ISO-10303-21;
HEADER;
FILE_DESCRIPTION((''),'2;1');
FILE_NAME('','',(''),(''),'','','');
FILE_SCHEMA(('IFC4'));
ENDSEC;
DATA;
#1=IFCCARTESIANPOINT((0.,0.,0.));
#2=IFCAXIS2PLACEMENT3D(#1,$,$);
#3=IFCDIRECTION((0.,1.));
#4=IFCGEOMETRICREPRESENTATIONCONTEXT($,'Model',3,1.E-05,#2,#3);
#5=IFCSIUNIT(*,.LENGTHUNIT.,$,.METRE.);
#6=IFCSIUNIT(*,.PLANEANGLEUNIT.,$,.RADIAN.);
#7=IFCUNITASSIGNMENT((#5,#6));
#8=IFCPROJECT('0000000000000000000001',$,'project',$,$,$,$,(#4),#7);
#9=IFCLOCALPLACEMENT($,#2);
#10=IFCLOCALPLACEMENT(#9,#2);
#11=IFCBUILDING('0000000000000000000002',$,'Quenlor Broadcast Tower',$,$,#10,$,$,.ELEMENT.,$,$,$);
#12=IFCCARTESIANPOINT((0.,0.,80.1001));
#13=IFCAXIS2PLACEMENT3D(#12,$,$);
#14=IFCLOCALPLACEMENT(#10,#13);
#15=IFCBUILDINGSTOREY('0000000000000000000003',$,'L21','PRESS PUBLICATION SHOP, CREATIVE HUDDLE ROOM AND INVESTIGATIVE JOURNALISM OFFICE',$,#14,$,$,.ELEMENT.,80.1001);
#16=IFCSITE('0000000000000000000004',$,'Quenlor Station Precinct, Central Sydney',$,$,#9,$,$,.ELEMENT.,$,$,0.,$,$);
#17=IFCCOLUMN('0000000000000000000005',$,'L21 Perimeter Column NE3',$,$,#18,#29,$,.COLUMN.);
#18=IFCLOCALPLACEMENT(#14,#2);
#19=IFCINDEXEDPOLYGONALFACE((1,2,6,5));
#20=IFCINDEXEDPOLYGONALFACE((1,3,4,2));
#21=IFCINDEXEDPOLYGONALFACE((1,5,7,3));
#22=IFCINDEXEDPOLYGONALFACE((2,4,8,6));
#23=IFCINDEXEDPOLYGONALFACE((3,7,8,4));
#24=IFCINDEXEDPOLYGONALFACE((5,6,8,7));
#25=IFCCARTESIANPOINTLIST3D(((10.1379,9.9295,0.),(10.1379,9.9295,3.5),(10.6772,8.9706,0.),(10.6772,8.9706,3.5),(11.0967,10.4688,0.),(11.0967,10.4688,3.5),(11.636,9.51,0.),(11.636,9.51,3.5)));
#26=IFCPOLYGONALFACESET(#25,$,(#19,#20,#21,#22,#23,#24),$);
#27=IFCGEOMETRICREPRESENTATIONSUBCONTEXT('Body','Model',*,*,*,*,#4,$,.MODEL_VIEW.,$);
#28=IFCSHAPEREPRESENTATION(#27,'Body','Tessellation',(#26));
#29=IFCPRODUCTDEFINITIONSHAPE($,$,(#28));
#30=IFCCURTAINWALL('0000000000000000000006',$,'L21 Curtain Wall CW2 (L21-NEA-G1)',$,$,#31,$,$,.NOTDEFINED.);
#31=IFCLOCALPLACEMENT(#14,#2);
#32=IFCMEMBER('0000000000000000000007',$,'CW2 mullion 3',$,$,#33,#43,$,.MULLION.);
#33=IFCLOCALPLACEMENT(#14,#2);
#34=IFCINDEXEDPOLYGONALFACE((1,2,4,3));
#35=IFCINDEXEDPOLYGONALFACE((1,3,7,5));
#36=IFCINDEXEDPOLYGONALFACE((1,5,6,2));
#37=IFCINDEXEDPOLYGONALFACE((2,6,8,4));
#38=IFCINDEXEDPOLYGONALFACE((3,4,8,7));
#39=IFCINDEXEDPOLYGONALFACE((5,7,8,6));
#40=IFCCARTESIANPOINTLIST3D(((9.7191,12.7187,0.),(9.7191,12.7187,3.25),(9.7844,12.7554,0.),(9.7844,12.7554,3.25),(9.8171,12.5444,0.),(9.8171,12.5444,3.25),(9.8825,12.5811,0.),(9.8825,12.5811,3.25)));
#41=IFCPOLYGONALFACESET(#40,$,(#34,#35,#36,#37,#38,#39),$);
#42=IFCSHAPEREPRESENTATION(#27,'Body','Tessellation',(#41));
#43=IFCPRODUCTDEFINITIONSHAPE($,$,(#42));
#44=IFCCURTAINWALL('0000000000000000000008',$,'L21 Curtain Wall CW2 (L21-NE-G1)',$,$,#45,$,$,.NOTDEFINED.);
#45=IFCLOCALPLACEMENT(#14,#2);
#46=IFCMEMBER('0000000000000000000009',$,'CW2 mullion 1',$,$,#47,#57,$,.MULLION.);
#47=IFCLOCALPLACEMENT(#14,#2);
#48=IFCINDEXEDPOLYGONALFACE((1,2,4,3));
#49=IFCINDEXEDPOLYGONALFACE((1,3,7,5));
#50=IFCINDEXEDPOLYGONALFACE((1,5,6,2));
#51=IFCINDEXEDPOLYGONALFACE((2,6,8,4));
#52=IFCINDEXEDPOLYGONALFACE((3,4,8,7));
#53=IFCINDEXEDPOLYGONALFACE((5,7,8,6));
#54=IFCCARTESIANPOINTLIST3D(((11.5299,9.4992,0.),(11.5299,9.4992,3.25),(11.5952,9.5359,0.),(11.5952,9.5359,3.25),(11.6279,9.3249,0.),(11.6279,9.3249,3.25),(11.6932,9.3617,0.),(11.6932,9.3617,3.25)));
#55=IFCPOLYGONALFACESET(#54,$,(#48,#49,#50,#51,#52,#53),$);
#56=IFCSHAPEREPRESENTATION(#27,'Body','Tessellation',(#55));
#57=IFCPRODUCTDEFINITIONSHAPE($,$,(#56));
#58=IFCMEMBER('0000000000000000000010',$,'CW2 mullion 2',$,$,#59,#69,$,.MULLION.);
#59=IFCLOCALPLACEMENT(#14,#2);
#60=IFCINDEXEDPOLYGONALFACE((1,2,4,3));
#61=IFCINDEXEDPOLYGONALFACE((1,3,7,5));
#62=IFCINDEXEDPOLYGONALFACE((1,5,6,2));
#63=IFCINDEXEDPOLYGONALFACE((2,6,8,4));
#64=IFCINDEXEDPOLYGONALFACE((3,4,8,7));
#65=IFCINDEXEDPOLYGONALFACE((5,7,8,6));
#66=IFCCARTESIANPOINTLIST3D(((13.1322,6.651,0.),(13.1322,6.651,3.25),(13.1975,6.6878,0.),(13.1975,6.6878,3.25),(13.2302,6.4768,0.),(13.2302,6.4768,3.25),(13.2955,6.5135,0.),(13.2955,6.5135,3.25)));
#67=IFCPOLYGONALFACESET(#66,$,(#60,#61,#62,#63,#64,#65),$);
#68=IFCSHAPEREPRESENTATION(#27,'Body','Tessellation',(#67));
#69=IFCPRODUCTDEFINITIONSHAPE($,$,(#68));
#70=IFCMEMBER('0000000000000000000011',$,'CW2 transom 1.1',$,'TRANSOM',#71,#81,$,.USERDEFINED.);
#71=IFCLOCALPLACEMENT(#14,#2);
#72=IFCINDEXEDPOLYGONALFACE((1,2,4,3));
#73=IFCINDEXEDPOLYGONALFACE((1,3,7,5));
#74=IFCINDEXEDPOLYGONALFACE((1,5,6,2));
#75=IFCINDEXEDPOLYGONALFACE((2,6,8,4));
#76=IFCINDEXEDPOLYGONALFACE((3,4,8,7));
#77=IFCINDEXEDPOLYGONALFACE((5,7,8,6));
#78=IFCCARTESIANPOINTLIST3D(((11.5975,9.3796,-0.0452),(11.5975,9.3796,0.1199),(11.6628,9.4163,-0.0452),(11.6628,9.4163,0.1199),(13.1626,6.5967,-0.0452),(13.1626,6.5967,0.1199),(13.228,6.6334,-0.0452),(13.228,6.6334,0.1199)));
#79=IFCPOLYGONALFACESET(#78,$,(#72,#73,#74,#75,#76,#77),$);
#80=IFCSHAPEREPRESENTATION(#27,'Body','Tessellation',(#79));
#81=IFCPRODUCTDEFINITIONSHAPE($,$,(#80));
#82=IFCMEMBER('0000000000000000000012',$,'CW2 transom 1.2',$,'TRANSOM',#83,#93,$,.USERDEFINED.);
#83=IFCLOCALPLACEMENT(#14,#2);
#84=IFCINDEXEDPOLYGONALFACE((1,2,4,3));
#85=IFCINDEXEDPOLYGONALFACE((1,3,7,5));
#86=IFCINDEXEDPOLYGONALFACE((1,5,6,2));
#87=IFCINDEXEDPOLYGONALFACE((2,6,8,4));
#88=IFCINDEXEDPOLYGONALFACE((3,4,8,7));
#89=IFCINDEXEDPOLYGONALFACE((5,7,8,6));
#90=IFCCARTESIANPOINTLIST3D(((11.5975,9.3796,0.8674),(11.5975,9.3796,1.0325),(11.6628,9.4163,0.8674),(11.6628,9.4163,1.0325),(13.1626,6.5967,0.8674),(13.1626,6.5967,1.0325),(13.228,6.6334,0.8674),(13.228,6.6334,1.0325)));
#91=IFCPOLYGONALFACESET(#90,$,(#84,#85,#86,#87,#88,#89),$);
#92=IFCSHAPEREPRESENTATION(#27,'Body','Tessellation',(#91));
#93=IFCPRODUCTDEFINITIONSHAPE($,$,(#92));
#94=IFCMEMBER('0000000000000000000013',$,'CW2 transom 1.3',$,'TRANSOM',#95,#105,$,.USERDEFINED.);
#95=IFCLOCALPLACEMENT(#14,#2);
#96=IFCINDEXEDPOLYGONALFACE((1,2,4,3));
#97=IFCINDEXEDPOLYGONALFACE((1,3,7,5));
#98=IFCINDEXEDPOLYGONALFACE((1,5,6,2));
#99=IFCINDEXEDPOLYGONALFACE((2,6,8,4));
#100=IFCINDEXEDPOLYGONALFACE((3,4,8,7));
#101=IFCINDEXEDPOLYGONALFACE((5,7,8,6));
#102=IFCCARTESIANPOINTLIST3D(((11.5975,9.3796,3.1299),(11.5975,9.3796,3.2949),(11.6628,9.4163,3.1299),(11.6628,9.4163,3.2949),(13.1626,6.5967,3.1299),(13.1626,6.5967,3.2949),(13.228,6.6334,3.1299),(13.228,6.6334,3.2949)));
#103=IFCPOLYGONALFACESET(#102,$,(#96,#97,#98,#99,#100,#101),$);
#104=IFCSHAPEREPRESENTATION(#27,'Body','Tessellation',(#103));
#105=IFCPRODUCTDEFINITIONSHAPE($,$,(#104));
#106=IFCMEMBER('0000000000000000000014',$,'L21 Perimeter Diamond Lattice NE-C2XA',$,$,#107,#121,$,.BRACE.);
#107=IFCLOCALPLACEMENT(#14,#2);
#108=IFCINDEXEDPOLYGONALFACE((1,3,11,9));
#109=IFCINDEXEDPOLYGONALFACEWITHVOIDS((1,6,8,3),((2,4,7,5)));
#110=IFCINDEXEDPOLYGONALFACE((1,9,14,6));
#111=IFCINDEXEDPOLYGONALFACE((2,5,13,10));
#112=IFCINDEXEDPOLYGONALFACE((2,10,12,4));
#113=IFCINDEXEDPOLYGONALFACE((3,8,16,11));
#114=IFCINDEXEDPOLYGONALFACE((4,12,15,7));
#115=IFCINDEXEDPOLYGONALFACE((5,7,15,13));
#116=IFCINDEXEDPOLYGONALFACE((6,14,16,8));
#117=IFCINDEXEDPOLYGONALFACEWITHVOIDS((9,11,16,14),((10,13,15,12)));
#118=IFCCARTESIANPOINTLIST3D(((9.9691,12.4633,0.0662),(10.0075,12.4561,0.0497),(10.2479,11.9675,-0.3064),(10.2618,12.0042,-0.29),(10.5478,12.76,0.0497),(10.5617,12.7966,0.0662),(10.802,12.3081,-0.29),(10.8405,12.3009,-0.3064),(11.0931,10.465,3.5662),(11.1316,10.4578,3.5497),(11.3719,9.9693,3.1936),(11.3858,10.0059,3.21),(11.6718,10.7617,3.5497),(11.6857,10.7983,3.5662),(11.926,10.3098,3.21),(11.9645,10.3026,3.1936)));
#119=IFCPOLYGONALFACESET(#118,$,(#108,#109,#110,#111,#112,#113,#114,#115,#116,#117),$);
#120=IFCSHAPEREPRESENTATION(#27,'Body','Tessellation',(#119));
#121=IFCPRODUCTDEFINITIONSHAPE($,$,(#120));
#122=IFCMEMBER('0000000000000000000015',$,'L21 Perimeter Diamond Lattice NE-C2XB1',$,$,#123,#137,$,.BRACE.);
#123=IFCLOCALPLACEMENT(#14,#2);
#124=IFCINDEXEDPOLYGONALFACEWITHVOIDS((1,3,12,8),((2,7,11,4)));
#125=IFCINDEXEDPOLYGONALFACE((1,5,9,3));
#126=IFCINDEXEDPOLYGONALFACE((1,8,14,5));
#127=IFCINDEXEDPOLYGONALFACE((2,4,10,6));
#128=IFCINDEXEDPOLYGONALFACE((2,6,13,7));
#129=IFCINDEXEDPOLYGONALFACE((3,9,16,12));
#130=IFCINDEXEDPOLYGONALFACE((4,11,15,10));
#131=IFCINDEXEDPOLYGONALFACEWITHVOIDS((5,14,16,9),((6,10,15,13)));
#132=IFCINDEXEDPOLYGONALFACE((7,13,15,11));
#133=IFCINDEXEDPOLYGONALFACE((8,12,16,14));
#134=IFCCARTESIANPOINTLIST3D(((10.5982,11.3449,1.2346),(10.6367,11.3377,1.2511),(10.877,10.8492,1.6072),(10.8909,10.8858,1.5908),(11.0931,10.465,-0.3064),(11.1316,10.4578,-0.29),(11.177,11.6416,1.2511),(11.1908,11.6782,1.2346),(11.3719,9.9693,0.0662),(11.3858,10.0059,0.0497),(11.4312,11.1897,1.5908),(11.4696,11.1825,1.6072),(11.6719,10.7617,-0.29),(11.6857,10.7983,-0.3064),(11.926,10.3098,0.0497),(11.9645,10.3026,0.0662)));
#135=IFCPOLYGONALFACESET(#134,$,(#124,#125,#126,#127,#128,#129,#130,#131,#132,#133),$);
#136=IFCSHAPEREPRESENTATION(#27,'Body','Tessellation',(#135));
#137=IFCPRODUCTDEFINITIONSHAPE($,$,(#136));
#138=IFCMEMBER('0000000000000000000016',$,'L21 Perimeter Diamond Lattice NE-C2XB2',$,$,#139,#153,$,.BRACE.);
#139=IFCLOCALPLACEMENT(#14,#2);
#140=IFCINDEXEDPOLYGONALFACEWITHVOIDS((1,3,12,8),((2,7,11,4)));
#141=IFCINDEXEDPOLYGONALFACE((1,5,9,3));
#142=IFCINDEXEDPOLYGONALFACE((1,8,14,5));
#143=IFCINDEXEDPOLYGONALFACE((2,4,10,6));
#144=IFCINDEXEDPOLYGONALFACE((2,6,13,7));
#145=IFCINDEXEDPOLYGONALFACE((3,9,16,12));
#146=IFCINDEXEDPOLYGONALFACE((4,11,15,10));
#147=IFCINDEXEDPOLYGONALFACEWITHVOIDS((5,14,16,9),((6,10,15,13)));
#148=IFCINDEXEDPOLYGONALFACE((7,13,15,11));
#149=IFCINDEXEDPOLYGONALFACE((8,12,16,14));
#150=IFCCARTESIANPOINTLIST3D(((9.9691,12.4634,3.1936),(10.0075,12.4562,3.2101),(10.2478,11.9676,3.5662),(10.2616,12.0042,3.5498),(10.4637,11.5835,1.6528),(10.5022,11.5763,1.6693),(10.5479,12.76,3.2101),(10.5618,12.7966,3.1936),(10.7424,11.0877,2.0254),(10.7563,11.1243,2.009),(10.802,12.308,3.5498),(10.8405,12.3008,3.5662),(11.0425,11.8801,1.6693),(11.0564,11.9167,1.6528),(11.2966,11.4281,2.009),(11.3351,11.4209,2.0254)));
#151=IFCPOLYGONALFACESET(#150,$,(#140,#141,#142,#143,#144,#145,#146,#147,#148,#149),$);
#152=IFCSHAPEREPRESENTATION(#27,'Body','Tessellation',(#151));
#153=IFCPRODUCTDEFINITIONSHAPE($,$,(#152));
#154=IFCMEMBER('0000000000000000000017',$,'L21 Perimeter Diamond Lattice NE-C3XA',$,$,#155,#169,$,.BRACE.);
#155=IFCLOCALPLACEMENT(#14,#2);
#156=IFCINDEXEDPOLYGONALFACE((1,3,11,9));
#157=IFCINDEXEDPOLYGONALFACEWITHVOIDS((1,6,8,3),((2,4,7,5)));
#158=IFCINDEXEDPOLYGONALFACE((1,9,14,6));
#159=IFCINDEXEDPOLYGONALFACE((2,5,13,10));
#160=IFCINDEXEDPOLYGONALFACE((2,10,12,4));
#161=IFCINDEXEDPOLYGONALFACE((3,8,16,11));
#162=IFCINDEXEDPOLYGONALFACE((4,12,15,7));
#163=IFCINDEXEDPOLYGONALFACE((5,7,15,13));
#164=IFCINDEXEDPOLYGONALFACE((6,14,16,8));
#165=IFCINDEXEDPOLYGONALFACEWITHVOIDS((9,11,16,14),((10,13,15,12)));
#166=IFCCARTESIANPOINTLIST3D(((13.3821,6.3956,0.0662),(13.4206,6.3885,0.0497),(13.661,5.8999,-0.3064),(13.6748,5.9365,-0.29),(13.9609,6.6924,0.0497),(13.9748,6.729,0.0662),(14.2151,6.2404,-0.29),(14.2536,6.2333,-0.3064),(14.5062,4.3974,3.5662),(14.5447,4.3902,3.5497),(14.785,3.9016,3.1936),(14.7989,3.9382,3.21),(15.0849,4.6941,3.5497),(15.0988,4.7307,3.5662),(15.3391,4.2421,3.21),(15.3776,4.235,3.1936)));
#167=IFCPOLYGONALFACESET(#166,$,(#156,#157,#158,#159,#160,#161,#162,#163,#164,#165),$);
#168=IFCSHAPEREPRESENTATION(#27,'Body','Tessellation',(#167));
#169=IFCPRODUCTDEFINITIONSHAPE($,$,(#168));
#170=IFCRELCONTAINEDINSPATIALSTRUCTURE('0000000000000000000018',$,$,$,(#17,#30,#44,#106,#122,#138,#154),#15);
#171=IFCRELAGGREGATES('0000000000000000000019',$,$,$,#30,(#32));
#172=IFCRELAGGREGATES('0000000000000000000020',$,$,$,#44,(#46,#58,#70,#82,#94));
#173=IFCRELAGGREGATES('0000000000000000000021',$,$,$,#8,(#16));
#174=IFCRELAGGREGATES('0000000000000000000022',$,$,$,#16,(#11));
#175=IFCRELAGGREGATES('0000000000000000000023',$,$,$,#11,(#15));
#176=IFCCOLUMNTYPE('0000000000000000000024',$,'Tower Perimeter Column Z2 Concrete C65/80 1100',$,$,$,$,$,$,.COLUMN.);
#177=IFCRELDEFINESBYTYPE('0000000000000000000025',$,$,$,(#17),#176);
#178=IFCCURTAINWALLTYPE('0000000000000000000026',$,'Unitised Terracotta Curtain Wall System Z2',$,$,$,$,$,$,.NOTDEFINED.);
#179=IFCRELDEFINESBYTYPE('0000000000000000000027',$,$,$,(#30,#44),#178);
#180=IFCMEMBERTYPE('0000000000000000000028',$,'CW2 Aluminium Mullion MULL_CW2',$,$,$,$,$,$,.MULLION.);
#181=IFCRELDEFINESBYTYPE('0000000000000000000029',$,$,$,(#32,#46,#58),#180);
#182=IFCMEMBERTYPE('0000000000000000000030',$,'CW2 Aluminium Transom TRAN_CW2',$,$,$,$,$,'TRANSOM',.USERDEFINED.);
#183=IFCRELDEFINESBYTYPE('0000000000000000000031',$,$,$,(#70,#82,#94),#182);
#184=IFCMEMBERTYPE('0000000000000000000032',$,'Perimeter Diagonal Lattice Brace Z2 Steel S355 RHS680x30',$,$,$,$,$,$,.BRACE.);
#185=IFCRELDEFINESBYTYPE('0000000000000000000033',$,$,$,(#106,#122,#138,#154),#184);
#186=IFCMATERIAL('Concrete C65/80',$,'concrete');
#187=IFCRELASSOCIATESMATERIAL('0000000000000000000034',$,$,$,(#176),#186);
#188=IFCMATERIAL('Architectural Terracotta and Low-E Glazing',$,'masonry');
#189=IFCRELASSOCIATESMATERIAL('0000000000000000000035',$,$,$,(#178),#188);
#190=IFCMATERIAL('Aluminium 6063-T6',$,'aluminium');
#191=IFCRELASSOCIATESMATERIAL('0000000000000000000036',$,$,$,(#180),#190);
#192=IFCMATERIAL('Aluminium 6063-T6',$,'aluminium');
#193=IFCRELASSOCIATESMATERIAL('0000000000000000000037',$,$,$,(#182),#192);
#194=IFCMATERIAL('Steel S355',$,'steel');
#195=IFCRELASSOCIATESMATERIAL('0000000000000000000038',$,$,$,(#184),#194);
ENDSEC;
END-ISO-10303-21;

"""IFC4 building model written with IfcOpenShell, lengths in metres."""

from ifc_helpers import new_model, si_unit, direction, frame, origin, origin_2d, place, context, subcontext, project, spatial, rectangle, hollow_rectangle, extrude, material, material_profile, profile_set, type_object, element, aggregate, save


model = new_model("IFC4")

# Units and contexts
model_context = context("Model", 3, precision=1e-05, world=origin(), true_north=direction((0.0, 1.0)))
body_context = subcontext(model_context, "Body", "Model", "MODEL_VIEW")
ifc_project = project(units=[si_unit("LENGTHUNIT", "METRE"), si_unit("PLANEANGLEUNIT", "RADIAN")], contexts=[model_context])

# Site, building, storey
site_placement = place(None, origin())
site = spatial("IfcSite", under=ifc_project, at=site_placement, Name="Quenlor Station Precinct, Central Sydney", CompositionType="ELEMENT", RefElevation=0.0)
building_placement = place(site_placement, origin())
building = spatial("IfcBuilding", under=site, at=building_placement, Name="Quenlor Broadcast Tower", CompositionType="ELEMENT")
storey_placement = place(building_placement, frame((0.0, 0.0, 80.1001)))
storey = spatial("IfcBuildingStorey", under=building, at=storey_placement, Name="L21", Description="PRESS PUBLICATION SHOP, CREATIVE HUDDLE ROOM AND INVESTIGATIVE JOURNALISM OFFICE", CompositionType="ELEMENT", Elevation=80.1001)

# Column
ifc_material_1 = material(Name="Concrete C65/80", Category="concrete")
ifc_material_profile_1 = material_profile(ifc_material_1, rectangle(XDim=1.1001, YDim=1.1001, at=origin_2d()))
ifc_profile_set_1 = profile_set([ifc_material_profile_1], Name="Concrete C65/80 RC1100x1100")
column_type = type_object("IfcColumnType", Name="Tower Perimeter Column Z2 Concrete C65/80 1100", PredefinedType="COLUMN", material=ifc_profile_set_1)
column_placement = place(storey_placement, frame((10.887, 9.7197, 0.0), z_axis=(0.0, 0.0, 1.0), x_axis=(0.871575, 0.490262, 0.0)))
element("IfcColumn", 1, at=column_placement, inside=storey, type_object=column_type, Name="L21 Perimeter Column NE3", PredefinedType="COLUMN", context=body_context, shape_type="SweptSolid", body=[
    extrude(rectangle(XDim=1.1001, YDim=1.1001, at=origin_2d()), origin(), (0.0, 0.0, 1.0), 3.5),
])

# Curtain wall, member
ifc_material_2 = material(Name="Architectural Terracotta and Low-E Glazing", Category="masonry")
curtain_wall_type = type_object("IfcCurtainWallType", Name="Unitised Terracotta Curtain Wall System Z2", PredefinedType="NOTDEFINED", material=ifc_material_2)
curtain_wall_1_placement = place(storey_placement, origin())
curtain_wall_1 = element("IfcCurtainWall", 2, at=curtain_wall_1_placement, inside=storey, type_object=curtain_wall_type, Name="L21 Curtain Wall CW2 (L21-NEA-G1)", PredefinedType="NOTDEFINED")
ifc_material_3 = material(Name="Aluminium 6063-T6", Category="aluminium")
ifc_material_profile_2 = material_profile(ifc_material_3, rectangle(XDim=0.075, YDim=0.2, at=origin_2d()))
ifc_profile_set_2 = profile_set([ifc_material_profile_2], Name="Aluminium 6063-T6 MULL75x200")
member_type_1 = type_object("IfcMemberType", Name="CW2 Aluminium Mullion MULL_CW2", PredefinedType="MULLION", material=ifc_profile_set_2)
member_1_placement = place(storey_placement, frame((9.8008, 12.6499, 0.0), z_axis=(0.0, 0.0, 1.0), x_axis=(0.871573, 0.490265, 0.0)))
member_1 = element("IfcMember", 3, at=member_1_placement, type_object=member_type_1, Name="CW2 mullion 3", PredefinedType="MULLION", context=body_context, shape_type="SweptSolid", body=[
    extrude(rectangle(XDim=0.075, YDim=0.2, at=origin_2d()), origin(), (0.0, 0.0, 1.0), 3.25),
])
aggregate(curtain_wall_1, [member_1])

# Curtain wall, members
curtain_wall_2_placement = place(storey_placement, origin())
curtain_wall_2 = element("IfcCurtainWall", 4, at=curtain_wall_2_placement, inside=storey, type_object=curtain_wall_type, Name="L21 Curtain Wall CW2 (L21-NE-G1)", PredefinedType="NOTDEFINED")
member_2_placement = place(storey_placement, frame((11.6116, 9.4304, 0.0), z_axis=(0.0, 0.0, 1.0), x_axis=(0.871576, 0.490261, 0.0)))
member_2 = element("IfcMember", 5, at=member_2_placement, type_object=member_type_1, Name="CW2 mullion 1", PredefinedType="MULLION", context=body_context, shape_type="SweptSolid", body=[
    extrude(rectangle(XDim=0.075, YDim=0.2, at=origin_2d()), origin(), (0.0, 0.0, 1.0), 3.25),
])
member_3_placement = place(storey_placement, frame((13.2139, 6.5823, 0.0), z_axis=(0.0, 0.0, 1.0), x_axis=(0.871576, 0.490261, 0.0)))
member_3 = element("IfcMember", 6, at=member_3_placement, type_object=member_type_1, Name="CW2 mullion 2", PredefinedType="MULLION", context=body_context, shape_type="SweptSolid", body=[
    extrude(rectangle(XDim=0.075, YDim=0.2, at=origin_2d()), origin(), (0.0, 0.0, 1.0), 3.25),
])
ifc_material_4 = material(Name="Aluminium 6063-T6", Category="aluminium")
ifc_material_profile_3 = material_profile(ifc_material_4, rectangle(XDim=0.075, YDim=0.165, at=origin_2d()))
ifc_profile_set_3 = profile_set([ifc_material_profile_3], Name="Aluminium 6063-T6 TRAN75x165")
member_type_2 = type_object("IfcMemberType", Name="CW2 Aluminium Transom TRAN_CW2", ElementType="TRANSOM", PredefinedType="USERDEFINED", material=ifc_profile_set_3)
member_4_placement = place(storey_placement, frame((11.6301, 9.3979, 0.0374), z_axis=(0.490207, -0.871606, 0.0), x_axis=(0.871606, 0.490207, 0.0)))
member_4 = element("IfcMember", 7, at=member_4_placement, type_object=member_type_2, Name="CW2 transom 1.1", ObjectType="TRANSOM", PredefinedType="USERDEFINED", context=body_context, shape_type="SweptSolid", body=[
    extrude(rectangle(XDim=0.075, YDim=0.165, at=origin_2d()), origin(), (0.0, 0.0, 1.0), 3.1929),
])
member_5_placement = place(storey_placement, frame((11.6301, 9.3979, 0.95), z_axis=(0.490207, -0.871606, 0.0), x_axis=(0.871606, 0.490207, 0.0)))
member_5 = element("IfcMember", 8, at=member_5_placement, type_object=member_type_2, Name="CW2 transom 1.2", ObjectType="TRANSOM", PredefinedType="USERDEFINED", context=body_context, shape_type="SweptSolid", body=[
    extrude(rectangle(XDim=0.075, YDim=0.165, at=origin_2d()), origin(), (0.0, 0.0, 1.0), 3.1929),
])
member_6_placement = place(storey_placement, frame((11.6301, 9.3979, 3.2124), z_axis=(0.490207, -0.871606, 0.0), x_axis=(0.871606, 0.490207, 0.0)))
member_6 = element("IfcMember", 9, at=member_6_placement, type_object=member_type_2, Name="CW2 transom 1.3", ObjectType="TRANSOM", PredefinedType="USERDEFINED", context=body_context, shape_type="SweptSolid", body=[
    extrude(rectangle(XDim=0.075, YDim=0.165, at=origin_2d()), origin(), (0.0, 0.0, 1.0), 3.1929),
])

# Members
ifc_material_5 = material(Name="Steel S355", Category="steel")
ifc_material_profile_4 = material_profile(ifc_material_5, hollow_rectangle(XDim=0.6799, YDim=0.6799, WallThickness=0.03, at=origin_2d()))
ifc_profile_set_4 = profile_set([ifc_material_profile_4], Name="Steel S355 RHS680x680x30")
member_type_3 = type_object("IfcMemberType", Name="Perimeter Diagonal Lattice Brace Z2 Steel S355 RHS680x30", PredefinedType="BRACE", material=ifc_profile_set_4)
member_7_placement = place(storey_placement, frame((10.4048, 12.3821, -0.1201), z_axis=(0.268642, -0.477593, 0.836502), x_axis=(0.871578, 0.490256, 0.0)))
element("IfcMember", 10, at=member_7_placement, inside=storey, type_object=member_type_3, Name="L21 Perimeter Diamond Lattice NE-C2XA", PredefinedType="BRACE", context=body_context, shape_type="SweptSolid", body=[
    extrude(hollow_rectangle(XDim=0.6799, YDim=0.6799, WallThickness=0.03, at=origin_2d()), origin(), (0.0, 0.0, 1.0), 4.1841),
])
member_8_placement = place(storey_placement, frame((11.5288, 10.3838, -0.1201), z_axis=(-0.268627, 0.477618, 0.836493), x_axis=(-0.871601, -0.490215, 0.0)))
element("IfcMember", 11, at=member_8_placement, inside=storey, type_object=member_type_3, Name="L21 Perimeter Diamond Lattice NE-C2XB1", PredefinedType="BRACE", context=body_context, shape_type="SweptSolid", body=[
    extrude(hollow_rectangle(XDim=0.6799, YDim=0.6799, WallThickness=0.03, at=origin_2d()), origin(), (0.0, 0.0, 1.0), 1.8423),
])
member_9_placement = place(storey_placement, frame((10.8994, 11.5022, 1.8391), z_axis=(-0.268534, 0.477688, 0.836483), x_axis=(-0.871705, -0.490032, 0.0)))
element("IfcMember", 12, at=member_9_placement, inside=storey, type_object=member_type_3, Name="L21 Perimeter Diamond Lattice NE-C2XB2", PredefinedType="BRACE", context=body_context, shape_type="SweptSolid", body=[
    extrude(hollow_rectangle(XDim=0.6799, YDim=0.6799, WallThickness=0.03, at=origin_2d()), origin(), (0.0, 0.0, 1.0), 1.842),
])
member_10_placement = place(storey_placement, frame((13.8179, 6.3145, -0.1201), z_axis=(0.268642, -0.477593, 0.836502), x_axis=(0.871578, 0.490256, 0.0)))
element("IfcMember", 13, at=member_10_placement, inside=storey, type_object=member_type_3, Name="L21 Perimeter Diamond Lattice NE-C3XA", PredefinedType="BRACE", context=body_context, shape_type="SweptSolid", body=[
    extrude(hollow_rectangle(XDim=0.6799, YDim=0.6799, WallThickness=0.03, at=origin_2d()), origin(), (0.0, 0.0, 1.0), 4.1841),
])

aggregate(curtain_wall_2, [member_2, member_3, member_4, member_5, member_6])

save(model, "model.ifc")
